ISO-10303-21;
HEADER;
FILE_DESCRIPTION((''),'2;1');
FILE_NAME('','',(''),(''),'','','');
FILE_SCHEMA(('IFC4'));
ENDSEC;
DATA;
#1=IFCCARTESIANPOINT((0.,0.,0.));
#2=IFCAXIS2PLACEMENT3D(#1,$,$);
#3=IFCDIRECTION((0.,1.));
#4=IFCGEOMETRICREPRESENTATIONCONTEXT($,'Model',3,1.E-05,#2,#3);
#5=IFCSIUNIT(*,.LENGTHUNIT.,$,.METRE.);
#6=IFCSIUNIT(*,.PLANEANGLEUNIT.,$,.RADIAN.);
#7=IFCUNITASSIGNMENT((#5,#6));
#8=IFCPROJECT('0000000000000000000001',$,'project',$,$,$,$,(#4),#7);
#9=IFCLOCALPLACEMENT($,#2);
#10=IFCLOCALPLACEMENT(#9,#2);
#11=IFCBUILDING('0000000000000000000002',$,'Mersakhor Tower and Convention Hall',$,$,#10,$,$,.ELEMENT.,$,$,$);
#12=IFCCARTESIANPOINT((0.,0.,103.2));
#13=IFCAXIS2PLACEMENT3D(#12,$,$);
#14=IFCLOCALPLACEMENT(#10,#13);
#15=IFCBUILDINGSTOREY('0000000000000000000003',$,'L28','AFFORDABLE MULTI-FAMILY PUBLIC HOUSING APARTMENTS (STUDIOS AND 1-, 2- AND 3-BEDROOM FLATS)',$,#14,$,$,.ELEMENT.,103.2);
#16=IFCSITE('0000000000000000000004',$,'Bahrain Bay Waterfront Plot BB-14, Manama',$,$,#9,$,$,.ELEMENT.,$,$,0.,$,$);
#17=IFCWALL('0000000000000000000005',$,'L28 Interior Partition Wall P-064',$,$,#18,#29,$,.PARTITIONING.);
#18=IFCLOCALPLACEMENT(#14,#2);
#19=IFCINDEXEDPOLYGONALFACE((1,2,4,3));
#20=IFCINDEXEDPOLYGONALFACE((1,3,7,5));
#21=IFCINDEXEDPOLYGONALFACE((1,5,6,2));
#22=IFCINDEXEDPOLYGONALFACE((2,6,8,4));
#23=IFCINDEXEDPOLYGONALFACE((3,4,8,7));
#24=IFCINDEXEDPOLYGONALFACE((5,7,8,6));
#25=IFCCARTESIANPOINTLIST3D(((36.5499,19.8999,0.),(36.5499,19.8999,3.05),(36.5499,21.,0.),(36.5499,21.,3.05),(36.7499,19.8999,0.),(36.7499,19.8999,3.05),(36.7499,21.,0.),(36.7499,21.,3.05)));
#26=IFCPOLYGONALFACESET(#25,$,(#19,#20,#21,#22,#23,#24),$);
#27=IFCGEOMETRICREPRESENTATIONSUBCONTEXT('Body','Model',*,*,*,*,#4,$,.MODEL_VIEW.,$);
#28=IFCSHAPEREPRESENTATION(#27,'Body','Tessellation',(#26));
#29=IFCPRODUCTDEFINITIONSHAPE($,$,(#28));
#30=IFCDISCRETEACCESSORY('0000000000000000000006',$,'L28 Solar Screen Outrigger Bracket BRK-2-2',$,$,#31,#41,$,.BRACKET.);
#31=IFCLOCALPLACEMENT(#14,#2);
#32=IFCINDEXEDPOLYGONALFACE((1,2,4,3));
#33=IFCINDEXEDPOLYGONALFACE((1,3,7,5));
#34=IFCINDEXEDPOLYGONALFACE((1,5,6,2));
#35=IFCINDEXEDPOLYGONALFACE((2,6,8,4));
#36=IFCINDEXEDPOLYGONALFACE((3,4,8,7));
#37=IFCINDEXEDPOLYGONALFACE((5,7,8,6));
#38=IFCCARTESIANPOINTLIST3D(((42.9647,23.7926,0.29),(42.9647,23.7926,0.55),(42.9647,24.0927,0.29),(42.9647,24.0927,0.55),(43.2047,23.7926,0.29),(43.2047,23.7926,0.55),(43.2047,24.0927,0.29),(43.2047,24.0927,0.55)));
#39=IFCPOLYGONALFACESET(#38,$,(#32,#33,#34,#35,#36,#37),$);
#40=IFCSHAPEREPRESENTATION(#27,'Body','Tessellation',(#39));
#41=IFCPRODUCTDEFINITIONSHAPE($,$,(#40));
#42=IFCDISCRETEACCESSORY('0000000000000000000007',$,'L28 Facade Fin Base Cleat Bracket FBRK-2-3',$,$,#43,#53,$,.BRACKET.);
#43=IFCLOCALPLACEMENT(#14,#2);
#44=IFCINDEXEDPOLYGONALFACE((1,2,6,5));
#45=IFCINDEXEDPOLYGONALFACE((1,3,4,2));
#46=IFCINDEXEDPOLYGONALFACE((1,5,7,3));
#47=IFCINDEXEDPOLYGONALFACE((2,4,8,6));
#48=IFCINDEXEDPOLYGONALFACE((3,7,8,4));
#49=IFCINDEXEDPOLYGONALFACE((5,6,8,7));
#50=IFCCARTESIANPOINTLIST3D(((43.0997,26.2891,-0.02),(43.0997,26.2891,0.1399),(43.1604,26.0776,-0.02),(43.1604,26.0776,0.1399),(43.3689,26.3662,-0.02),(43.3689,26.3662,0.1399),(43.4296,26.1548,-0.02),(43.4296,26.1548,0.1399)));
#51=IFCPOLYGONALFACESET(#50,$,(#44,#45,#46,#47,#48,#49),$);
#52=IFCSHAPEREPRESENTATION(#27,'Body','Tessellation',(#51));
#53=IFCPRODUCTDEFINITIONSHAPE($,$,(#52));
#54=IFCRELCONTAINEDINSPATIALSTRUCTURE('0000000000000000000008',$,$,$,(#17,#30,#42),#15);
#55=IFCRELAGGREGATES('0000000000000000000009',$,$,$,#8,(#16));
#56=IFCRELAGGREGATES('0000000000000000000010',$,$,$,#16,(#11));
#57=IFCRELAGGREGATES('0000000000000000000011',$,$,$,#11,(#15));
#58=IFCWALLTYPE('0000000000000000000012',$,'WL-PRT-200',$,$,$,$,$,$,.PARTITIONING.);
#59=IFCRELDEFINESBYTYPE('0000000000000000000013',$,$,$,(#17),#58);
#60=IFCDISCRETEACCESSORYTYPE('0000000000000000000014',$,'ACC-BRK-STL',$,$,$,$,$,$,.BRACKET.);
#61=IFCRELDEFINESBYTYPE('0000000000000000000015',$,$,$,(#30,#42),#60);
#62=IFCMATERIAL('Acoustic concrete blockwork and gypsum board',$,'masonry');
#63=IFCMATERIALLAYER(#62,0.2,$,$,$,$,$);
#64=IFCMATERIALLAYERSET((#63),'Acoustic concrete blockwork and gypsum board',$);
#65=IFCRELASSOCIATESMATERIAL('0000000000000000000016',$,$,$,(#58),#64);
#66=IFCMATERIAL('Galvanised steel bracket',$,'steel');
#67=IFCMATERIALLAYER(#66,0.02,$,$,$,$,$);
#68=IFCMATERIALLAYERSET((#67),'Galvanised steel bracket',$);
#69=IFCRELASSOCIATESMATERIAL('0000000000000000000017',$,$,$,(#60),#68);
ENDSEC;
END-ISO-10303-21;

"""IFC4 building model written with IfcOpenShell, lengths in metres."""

from ifc_helpers import new_model, si_unit, direction, frame, frame_2d, origin, origin_2d, place, context, subcontext, project, spatial, rectangle, extrude, material, layer, layer_set, type_object, element, save


model = new_model("IFC4")

# Units and contexts
model_context = context("Model", 3, precision=1e-05, world=origin(), true_north=direction((0.0, 1.0)))
body_context = subcontext(model_context, "Body", "Model", "MODEL_VIEW")
ifc_project = project(units=[si_unit("LENGTHUNIT", "METRE"), si_unit("PLANEANGLEUNIT", "RADIAN")], contexts=[model_context])

# Site, building, storey
site_placement = place(None, origin())
site = spatial("IfcSite", under=ifc_project, at=site_placement, Name="Bahrain Bay Waterfront Plot BB-14, Manama", CompositionType="ELEMENT", RefElevation=0.0)
building_placement = place(site_placement, origin())
building = spatial("IfcBuilding", under=site, at=building_placement, Name="Mersakhor Tower and Convention Hall", CompositionType="ELEMENT")
storey_placement = place(building_placement, frame((0.0, 0.0, 103.2)))
storey = spatial("IfcBuildingStorey", under=building, at=storey_placement, Name="L28", Description="AFFORDABLE MULTI-FAMILY PUBLIC HOUSING APARTMENTS (STUDIOS AND 1-, 2- AND 3-BEDROOM FLATS)", CompositionType="ELEMENT", Elevation=103.2)

# Wall
ifc_material_1 = material(Name="Acoustic concrete blockwork and gypsum board", Category="masonry")
ifc_layer_1 = layer(ifc_material_1, 0.2)
ifc_layer_set_1 = layer_set([ifc_layer_1], Name="Acoustic concrete blockwork and gypsum board")
wall_type_1 = type_object("IfcWallType", Name="WL-PRT-200", PredefinedType="PARTITIONING", material=ifc_layer_set_1)
wall_1_placement = place(storey_placement, frame((36.6499, 19.8999, 0.0), z_axis=(0.0, 0.0, 1.0), x_axis=(0.0, 1.0, 0.0)))
element("IfcWall", 1, at=wall_1_placement, inside=storey, type_object=wall_type_1, Name="L28 Interior Partition Wall P-064", PredefinedType="PARTITIONING", context=body_context, shape_type="SweptSolid", body=[
    extrude(rectangle(XDim=1.1001, YDim=0.2, at=frame_2d((0.55, 0.0))), origin(), (0.0, 0.0, 1.0), 3.05),
])

# Discrete accessories
ifc_material_2 = material(Name="Galvanised steel bracket", Category="steel")
ifc_layer_2 = layer(ifc_material_2, 0.02)
ifc_layer_set_2 = layer_set([ifc_layer_2], Name="Galvanised steel bracket")
discrete_accessory_type = type_object("IfcDiscreteAccessoryType", Name="ACC-BRK-STL", PredefinedType="BRACKET", material=ifc_layer_set_2)
discrete_accessory_1_placement = place(storey_placement, frame((43.0847, 23.9426, 0.29), z_axis=(0.0, 0.0, 1.0), x_axis=(0.0, -1.0, 0.0)))
element("IfcDiscreteAccessory", 2, at=discrete_accessory_1_placement, inside=storey, type_object=discrete_accessory_type, Name="L28 Solar Screen Outrigger Bracket BRK-2-2", PredefinedType="BRACKET", context=body_context, shape_type="SweptSolid", body=[
    extrude(rectangle(XDim=0.3, YDim=0.24, at=origin_2d()), origin(), (0.0, 0.0, 1.0), 0.26),
])
discrete_accessory_2_placement = place(storey_placement, frame((43.2646, 26.2219, -0.02), z_axis=(0.0, 0.0, 1.0), x_axis=(0.961262, 0.275637, 0.0)))
element("IfcDiscreteAccessory", 3, at=discrete_accessory_2_placement, inside=storey, type_object=discrete_accessory_type, Name="L28 Facade Fin Base Cleat Bracket FBRK-2-3", PredefinedType="BRACKET", context=body_context, shape_type="SweptSolid", body=[
    extrude(rectangle(XDim=0.28, YDim=0.22, at=origin_2d()), origin(), (0.0, 0.0, 1.0), 0.1599),
])

save(model, "model.ifc")
